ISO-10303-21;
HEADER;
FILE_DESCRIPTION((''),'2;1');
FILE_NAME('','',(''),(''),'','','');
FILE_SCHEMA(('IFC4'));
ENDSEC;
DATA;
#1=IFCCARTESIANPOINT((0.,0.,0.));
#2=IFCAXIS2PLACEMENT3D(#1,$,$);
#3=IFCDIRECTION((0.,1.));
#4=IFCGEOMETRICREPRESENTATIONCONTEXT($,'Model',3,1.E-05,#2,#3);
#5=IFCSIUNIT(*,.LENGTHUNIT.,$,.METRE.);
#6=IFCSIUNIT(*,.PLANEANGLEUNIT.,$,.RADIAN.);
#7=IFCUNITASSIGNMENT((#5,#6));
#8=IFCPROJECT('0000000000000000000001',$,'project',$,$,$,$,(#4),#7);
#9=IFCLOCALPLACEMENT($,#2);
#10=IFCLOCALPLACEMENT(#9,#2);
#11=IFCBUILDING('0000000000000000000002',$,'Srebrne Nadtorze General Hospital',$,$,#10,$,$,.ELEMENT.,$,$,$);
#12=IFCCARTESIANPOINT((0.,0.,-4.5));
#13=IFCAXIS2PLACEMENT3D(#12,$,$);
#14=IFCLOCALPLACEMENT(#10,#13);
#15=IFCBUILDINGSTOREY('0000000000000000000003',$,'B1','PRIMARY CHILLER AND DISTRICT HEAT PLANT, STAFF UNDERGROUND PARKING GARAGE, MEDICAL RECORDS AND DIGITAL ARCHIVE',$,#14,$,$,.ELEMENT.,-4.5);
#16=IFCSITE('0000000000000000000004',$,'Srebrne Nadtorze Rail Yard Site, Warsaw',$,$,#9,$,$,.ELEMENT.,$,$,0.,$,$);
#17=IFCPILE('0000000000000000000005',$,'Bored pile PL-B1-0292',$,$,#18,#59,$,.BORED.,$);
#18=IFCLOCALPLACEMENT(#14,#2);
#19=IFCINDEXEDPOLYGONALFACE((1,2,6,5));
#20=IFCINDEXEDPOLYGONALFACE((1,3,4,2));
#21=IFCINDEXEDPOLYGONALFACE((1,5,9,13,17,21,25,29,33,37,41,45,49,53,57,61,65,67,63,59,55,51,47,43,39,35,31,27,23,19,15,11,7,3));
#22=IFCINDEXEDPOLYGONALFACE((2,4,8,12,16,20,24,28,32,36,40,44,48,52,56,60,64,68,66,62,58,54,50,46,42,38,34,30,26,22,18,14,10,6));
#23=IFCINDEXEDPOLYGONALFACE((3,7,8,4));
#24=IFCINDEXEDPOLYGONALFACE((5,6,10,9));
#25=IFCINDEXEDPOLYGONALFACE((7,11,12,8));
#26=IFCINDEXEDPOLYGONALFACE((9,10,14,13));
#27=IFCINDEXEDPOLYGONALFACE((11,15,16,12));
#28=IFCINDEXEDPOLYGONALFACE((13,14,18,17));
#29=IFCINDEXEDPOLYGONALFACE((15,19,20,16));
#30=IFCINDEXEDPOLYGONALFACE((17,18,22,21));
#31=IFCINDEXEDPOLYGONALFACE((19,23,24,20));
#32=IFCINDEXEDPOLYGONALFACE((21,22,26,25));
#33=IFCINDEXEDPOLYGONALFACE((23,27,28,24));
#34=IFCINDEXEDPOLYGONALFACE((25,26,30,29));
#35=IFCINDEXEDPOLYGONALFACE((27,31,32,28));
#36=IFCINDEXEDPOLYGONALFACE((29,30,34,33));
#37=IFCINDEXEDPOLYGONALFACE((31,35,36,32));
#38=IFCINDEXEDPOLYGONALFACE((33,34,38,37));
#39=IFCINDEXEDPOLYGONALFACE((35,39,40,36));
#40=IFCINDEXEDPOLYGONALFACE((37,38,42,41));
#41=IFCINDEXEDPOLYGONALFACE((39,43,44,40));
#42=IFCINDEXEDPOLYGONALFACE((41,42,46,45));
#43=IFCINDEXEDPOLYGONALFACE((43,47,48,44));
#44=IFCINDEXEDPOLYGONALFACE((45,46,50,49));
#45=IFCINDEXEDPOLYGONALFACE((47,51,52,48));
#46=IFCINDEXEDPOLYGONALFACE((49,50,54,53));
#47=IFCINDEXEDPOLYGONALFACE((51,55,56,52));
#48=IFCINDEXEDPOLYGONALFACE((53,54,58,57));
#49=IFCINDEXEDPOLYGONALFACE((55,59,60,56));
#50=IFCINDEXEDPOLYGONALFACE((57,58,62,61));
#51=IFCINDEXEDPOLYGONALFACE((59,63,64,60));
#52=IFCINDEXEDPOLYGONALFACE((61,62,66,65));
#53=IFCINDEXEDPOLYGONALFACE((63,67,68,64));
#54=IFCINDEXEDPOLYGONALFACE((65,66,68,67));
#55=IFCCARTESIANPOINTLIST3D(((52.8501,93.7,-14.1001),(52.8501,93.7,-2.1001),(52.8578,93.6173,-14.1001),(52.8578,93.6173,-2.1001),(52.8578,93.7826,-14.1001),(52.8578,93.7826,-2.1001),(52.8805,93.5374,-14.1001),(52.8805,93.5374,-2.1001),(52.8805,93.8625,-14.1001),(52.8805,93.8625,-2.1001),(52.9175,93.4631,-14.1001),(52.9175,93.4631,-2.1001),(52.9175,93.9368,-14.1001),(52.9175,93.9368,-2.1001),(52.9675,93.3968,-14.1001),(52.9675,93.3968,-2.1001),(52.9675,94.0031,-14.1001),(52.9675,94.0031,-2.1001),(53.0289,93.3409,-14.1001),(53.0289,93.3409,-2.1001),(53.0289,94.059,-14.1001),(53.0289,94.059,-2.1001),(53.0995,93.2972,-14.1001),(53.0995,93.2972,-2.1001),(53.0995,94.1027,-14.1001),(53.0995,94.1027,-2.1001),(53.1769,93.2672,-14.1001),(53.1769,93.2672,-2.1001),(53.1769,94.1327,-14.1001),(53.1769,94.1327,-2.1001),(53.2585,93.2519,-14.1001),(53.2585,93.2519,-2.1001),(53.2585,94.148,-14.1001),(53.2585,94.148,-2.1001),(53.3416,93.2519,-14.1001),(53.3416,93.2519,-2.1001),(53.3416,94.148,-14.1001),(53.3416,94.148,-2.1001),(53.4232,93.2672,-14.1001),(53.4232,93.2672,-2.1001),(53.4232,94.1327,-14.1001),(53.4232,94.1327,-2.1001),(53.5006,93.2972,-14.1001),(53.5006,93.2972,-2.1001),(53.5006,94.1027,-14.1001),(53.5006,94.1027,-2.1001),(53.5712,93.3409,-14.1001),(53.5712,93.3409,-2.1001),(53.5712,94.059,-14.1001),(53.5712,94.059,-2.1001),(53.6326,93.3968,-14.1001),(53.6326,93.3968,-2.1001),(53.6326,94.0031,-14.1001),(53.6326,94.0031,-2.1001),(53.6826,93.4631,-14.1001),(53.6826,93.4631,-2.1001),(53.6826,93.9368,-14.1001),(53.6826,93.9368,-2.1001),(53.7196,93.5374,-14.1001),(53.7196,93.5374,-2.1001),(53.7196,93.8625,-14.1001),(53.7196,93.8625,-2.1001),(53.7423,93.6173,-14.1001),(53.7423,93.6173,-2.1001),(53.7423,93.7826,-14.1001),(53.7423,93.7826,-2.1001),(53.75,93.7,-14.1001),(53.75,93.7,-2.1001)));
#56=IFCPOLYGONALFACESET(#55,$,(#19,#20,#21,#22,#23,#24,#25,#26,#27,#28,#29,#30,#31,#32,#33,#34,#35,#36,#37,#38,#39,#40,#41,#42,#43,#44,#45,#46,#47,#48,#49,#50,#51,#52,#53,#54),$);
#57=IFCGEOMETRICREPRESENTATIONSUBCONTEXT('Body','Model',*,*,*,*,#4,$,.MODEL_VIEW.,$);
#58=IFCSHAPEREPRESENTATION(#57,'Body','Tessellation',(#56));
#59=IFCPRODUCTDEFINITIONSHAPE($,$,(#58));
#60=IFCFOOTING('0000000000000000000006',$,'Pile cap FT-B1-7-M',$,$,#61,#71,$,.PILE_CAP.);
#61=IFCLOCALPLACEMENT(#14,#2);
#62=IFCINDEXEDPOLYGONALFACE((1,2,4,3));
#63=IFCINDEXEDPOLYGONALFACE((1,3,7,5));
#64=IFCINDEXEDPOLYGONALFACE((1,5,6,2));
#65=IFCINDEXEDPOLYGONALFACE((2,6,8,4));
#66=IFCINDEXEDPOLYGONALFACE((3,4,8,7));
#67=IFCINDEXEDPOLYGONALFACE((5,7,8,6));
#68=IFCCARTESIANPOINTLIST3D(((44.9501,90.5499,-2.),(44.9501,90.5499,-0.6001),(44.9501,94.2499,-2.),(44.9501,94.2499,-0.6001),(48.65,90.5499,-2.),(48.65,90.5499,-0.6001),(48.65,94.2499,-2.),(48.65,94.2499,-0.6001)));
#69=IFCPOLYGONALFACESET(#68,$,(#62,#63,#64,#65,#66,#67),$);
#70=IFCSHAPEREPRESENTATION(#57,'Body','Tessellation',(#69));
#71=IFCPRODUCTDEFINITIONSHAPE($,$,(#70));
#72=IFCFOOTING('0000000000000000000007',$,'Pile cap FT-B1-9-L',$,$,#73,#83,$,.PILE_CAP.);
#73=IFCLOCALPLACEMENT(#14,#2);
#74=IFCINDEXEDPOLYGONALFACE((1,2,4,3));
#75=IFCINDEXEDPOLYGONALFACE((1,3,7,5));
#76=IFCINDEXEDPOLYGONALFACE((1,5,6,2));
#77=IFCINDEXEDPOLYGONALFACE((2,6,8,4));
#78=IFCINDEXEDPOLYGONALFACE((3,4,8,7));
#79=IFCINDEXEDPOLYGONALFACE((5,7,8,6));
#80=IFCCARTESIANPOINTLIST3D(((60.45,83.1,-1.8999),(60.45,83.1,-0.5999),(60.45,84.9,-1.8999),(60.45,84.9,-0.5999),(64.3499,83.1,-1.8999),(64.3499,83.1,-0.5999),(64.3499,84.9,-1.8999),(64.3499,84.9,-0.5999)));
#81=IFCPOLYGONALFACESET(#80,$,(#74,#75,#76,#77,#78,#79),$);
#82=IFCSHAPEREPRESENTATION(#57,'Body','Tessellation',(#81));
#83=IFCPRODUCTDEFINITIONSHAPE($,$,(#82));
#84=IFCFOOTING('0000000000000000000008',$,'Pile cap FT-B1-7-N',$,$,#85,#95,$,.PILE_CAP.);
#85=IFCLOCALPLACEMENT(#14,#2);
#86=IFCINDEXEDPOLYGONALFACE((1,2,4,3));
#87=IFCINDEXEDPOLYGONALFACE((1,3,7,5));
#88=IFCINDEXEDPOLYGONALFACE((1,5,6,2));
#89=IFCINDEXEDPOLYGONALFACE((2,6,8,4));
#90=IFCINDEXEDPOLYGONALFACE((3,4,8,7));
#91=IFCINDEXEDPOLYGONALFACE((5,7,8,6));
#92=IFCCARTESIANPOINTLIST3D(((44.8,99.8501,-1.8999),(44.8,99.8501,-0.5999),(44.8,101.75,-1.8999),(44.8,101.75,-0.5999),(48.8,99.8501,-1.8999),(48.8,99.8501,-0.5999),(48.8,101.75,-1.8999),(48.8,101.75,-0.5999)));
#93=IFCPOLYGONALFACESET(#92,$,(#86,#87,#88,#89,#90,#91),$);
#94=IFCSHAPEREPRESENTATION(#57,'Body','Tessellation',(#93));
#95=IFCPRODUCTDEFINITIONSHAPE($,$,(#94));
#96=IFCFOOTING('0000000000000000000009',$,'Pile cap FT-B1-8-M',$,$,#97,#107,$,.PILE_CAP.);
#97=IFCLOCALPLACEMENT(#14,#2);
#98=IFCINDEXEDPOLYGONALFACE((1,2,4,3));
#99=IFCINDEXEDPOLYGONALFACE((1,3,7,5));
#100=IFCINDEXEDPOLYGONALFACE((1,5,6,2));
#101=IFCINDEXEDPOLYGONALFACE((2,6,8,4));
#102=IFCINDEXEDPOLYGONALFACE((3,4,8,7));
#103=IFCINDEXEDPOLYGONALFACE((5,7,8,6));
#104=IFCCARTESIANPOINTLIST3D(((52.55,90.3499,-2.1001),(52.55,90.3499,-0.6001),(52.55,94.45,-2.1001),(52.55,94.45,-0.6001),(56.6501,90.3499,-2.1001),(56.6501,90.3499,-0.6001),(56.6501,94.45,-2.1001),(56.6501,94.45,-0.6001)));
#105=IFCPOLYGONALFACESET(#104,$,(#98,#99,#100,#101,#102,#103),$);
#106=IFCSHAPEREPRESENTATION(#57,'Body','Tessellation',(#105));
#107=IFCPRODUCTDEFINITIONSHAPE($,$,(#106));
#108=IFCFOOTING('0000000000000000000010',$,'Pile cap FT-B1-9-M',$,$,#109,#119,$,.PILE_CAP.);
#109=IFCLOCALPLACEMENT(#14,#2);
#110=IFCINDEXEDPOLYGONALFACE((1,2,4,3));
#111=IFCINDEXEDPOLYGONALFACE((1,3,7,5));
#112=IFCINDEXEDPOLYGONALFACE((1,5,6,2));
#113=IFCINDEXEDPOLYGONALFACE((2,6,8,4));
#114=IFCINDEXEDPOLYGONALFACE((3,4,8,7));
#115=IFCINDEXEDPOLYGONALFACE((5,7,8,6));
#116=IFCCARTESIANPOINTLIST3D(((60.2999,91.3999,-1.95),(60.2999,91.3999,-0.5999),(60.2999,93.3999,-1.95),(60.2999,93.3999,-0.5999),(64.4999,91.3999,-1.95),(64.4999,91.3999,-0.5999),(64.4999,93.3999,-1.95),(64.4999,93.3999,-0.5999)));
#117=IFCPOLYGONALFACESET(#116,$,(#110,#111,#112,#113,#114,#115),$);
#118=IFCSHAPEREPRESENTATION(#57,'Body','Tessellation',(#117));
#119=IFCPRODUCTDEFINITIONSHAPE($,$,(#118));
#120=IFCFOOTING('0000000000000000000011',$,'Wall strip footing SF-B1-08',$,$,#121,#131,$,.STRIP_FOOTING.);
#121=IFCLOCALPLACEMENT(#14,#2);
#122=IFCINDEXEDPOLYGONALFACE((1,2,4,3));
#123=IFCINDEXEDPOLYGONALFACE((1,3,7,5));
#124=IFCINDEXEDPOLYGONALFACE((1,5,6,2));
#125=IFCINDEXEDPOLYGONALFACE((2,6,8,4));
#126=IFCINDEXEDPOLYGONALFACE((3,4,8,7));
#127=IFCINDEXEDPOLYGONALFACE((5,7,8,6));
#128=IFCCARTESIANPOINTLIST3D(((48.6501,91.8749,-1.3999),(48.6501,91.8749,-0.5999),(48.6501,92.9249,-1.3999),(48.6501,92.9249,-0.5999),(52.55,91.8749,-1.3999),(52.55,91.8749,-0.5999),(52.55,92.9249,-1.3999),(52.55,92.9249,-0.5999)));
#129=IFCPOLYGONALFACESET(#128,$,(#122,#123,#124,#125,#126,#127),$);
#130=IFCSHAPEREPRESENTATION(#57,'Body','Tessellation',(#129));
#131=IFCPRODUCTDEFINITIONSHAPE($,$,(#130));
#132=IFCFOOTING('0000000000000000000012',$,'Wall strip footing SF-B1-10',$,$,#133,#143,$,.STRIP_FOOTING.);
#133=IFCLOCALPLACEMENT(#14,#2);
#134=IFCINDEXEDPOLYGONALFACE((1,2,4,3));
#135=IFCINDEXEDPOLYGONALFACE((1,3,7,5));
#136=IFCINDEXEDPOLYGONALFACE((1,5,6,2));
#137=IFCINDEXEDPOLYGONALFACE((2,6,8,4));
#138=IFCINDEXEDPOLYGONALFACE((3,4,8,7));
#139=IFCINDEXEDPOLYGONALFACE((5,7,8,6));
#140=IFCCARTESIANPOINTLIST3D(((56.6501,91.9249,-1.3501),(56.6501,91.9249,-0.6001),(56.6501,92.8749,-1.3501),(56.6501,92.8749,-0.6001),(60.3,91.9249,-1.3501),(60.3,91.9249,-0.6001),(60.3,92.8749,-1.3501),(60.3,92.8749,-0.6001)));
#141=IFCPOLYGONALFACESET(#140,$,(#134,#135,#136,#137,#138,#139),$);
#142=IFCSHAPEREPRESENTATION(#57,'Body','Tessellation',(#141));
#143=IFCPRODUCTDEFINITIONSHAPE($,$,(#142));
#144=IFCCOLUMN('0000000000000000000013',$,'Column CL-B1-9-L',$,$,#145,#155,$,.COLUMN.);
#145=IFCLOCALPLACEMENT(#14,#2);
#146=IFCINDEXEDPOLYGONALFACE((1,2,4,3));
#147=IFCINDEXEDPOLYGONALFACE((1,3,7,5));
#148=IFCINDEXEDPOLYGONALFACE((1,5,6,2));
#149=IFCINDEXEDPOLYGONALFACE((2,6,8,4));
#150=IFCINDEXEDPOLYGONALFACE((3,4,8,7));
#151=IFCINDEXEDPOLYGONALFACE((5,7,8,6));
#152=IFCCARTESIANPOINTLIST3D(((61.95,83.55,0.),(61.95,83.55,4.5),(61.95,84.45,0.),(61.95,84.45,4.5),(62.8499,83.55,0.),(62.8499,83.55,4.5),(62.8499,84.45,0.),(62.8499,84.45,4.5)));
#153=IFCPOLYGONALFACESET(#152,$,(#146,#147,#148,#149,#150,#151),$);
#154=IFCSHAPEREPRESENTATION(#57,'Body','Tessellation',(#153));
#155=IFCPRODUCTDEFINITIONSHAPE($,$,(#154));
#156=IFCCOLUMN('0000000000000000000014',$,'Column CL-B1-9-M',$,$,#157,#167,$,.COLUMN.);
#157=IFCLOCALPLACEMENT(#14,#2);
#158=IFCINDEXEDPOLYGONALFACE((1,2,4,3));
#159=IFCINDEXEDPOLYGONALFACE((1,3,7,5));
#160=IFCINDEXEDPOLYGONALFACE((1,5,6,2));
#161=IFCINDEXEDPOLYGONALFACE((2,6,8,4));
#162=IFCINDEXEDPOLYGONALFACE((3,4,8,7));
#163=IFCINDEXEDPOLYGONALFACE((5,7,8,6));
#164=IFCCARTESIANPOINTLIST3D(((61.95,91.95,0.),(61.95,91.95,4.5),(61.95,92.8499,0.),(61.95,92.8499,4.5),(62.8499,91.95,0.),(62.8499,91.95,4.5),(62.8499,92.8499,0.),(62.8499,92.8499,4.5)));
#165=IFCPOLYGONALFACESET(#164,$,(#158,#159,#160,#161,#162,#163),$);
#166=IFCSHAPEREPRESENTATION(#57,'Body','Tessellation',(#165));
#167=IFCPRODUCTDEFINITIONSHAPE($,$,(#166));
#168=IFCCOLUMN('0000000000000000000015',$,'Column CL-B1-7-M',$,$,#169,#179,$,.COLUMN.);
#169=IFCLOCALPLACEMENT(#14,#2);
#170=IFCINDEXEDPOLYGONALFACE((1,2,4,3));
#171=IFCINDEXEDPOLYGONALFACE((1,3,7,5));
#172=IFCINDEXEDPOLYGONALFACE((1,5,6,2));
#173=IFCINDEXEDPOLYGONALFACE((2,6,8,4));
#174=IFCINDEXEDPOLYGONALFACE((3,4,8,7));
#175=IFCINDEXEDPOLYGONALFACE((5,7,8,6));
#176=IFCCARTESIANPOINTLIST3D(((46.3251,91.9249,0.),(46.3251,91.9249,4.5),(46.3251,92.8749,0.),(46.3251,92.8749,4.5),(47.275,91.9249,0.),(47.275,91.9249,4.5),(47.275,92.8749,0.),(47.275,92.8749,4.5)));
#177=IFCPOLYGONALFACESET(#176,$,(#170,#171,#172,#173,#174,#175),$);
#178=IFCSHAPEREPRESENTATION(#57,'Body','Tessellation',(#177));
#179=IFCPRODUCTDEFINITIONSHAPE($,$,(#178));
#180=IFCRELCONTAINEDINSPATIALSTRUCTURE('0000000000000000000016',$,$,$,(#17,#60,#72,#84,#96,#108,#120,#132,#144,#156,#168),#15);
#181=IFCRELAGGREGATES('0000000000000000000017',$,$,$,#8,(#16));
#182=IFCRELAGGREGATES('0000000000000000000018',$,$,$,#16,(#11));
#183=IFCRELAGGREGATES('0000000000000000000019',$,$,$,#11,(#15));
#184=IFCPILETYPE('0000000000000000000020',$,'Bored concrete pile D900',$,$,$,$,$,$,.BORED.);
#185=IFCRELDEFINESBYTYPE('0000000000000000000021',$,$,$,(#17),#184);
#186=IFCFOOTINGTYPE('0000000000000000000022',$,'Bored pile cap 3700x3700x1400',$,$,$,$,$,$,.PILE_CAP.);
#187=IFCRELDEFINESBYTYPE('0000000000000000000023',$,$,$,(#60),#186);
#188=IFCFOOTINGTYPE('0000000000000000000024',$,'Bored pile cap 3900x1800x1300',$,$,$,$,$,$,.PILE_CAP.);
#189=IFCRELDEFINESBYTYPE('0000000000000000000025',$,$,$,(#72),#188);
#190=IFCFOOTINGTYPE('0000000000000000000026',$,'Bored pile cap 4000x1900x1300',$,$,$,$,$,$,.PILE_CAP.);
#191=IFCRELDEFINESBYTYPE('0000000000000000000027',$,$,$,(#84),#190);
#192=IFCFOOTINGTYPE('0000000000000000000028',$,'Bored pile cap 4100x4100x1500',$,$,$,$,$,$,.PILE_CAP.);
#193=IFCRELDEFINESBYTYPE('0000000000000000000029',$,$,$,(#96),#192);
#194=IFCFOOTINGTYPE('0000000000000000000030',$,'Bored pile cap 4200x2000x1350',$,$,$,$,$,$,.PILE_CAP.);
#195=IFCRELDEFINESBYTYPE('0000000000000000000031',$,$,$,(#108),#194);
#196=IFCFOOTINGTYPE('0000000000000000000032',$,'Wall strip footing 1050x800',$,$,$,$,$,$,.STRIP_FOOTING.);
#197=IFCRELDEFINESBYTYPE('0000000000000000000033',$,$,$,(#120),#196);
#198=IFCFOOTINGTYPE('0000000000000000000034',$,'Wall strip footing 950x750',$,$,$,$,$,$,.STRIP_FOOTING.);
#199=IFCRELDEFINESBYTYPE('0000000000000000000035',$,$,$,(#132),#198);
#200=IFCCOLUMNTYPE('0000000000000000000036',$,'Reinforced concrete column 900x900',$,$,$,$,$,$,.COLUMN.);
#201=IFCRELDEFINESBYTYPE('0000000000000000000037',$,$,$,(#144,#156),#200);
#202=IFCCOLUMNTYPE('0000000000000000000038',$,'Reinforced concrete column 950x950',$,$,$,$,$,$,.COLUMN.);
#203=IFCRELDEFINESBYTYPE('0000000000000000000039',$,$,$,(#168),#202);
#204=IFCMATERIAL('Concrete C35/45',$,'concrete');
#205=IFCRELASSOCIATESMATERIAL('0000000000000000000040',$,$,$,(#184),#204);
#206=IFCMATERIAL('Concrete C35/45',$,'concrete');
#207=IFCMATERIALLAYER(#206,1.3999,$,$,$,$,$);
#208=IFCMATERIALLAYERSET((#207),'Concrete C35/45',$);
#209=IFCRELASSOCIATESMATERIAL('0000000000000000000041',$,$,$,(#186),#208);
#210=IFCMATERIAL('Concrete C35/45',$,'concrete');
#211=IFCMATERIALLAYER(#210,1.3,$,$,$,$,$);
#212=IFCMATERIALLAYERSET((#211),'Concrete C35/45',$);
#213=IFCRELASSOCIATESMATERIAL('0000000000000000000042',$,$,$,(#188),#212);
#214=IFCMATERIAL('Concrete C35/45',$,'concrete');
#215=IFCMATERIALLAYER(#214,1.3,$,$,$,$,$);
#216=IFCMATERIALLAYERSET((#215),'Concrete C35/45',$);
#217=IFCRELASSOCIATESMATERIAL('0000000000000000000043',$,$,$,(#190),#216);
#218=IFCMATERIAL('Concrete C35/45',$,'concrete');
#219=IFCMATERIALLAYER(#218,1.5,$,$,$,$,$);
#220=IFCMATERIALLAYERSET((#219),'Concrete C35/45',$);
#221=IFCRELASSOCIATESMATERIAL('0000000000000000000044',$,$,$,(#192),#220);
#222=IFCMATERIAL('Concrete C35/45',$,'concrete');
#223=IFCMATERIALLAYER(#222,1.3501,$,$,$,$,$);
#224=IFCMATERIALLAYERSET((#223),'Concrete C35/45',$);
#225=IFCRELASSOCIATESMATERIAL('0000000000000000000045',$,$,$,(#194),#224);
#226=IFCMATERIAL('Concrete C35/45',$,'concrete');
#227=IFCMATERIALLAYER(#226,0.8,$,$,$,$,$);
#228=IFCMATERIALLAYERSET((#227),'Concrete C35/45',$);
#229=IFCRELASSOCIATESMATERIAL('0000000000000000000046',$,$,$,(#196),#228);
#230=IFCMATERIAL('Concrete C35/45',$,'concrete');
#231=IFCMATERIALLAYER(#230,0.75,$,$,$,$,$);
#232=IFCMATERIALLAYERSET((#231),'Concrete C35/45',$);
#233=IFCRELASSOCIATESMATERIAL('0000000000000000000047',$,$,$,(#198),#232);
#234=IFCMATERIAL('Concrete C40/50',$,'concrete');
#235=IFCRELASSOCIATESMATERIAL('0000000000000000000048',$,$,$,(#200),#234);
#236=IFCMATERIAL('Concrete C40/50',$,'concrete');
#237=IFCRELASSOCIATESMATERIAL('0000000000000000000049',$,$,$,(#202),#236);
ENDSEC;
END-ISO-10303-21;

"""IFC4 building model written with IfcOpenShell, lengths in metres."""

from ifc_helpers import new_model, si_unit, direction, frame, origin, origin_2d, place, context, subcontext, project, spatial, rectangle, circle, extrude, material, layer, layer_set, material_profile, profile_set, type_object, element, save


model = new_model("IFC4")

# Units and contexts
model_context = context("Model", 3, precision=1e-05, world=origin(), true_north=direction((0.0, 1.0)))
body_context = subcontext(model_context, "Body", "Model", "MODEL_VIEW")
ifc_project = project(units=[si_unit("LENGTHUNIT", "METRE"), si_unit("PLANEANGLEUNIT", "RADIAN")], contexts=[model_context])

# Site, building, storey
site_placement = place(None, origin())
site = spatial("IfcSite", under=ifc_project, at=site_placement, Name="Srebrne Nadtorze Rail Yard Site, Warsaw", CompositionType="ELEMENT", RefElevation=0.0)
building_placement = place(site_placement, origin())
building = spatial("IfcBuilding", under=site, at=building_placement, Name="Srebrne Nadtorze General Hospital", CompositionType="ELEMENT")
storey_placement = place(building_placement, frame((0.0, 0.0, -4.5)))
storey = spatial("IfcBuildingStorey", under=building, at=storey_placement, Name="B1", Description="PRIMARY CHILLER AND DISTRICT HEAT PLANT, STAFF UNDERGROUND PARKING GARAGE, MEDICAL RECORDS AND DIGITAL ARCHIVE", CompositionType="ELEMENT", Elevation=-4.5)

# Pile
ifc_material_1 = material(Name="Concrete C35/45", Category="concrete")
ifc_material_profile_1 = material_profile(ifc_material_1, circle(Radius=0.45, at=origin_2d()), Name="PILE-D900")
ifc_profile_set_1 = profile_set([ifc_material_profile_1], Name="Concrete C35/45")
pile_type_1 = type_object("IfcPileType", Name="Bored concrete pile D900", PredefinedType="BORED", material=ifc_profile_set_1)
for number, where, z_axis, x_axis, name in (
    (1, (53.3, 93.7, -2.1001), (0.0, 0.0, -1.0), (1.0, 0.0, 0.0), "Bored pile PL-B1-0292"),
):
    element("IfcPile", number, at=place(storey_placement, frame(where, z_axis=z_axis, x_axis=x_axis)), inside=storey, type_object=pile_type_1, Name=name, PredefinedType="BORED", context=body_context, shape_type="SweptSolid", body=[
        extrude(circle(Radius=0.45, at=origin_2d()), origin(), (0.0, 0.0, 1.0), 12.0),
    ])

# Footings
ifc_material_2 = material(Name="Concrete C35/45", Category="concrete")
ifc_layer_1 = layer(ifc_material_2, 1.3999)
ifc_layer_set_1 = layer_set([ifc_layer_1], Name="Concrete C35/45")
footing_type_1 = type_object("IfcFootingType", Name="Bored pile cap 3700x3700x1400", PredefinedType="PILE_CAP", material=ifc_layer_set_1)
footing_1_placement = place(storey_placement, frame((46.8, 92.3999, -2.0), z_axis=(0.0, 0.0, 1.0), x_axis=(1.0, 0.0, 0.0)))
element("IfcFooting", 2, at=footing_1_placement, inside=storey, type_object=footing_type_1, Name="Pile cap FT-B1-7-M", PredefinedType="PILE_CAP", context=body_context, shape_type="SweptSolid", body=[
    extrude(rectangle(XDim=3.7, YDim=3.7, at=origin_2d()), origin(), (0.0, 0.0, 1.0), 1.3999),
])
ifc_material_3 = material(Name="Concrete C35/45", Category="concrete")
ifc_layer_2 = layer(ifc_material_3, 1.3)
ifc_layer_set_2 = layer_set([ifc_layer_2], Name="Concrete C35/45")
footing_type_2 = type_object("IfcFootingType", Name="Bored pile cap 3900x1800x1300", PredefinedType="PILE_CAP", material=ifc_layer_set_2)
footing_2_placement = place(storey_placement, frame((62.3999, 84.0, -1.8999), z_axis=(0.0, 0.0, 1.0), x_axis=(1.0, 0.0, 0.0)))
element("IfcFooting", 3, at=footing_2_placement, inside=storey, type_object=footing_type_2, Name="Pile cap FT-B1-9-L", PredefinedType="PILE_CAP", context=body_context, shape_type="SweptSolid", body=[
    extrude(rectangle(XDim=3.8999, YDim=1.8, at=origin_2d()), origin(), (0.0, 0.0, 1.0), 1.3),
])
ifc_material_4 = material(Name="Concrete C35/45", Category="concrete")
ifc_layer_3 = layer(ifc_material_4, 1.3)
ifc_layer_set_3 = layer_set([ifc_layer_3], Name="Concrete C35/45")
footing_type_3 = type_object("IfcFootingType", Name="Bored pile cap 4000x1900x1300", PredefinedType="PILE_CAP", material=ifc_layer_set_3)
footing_3_placement = place(storey_placement, frame((46.8, 100.8, -1.8999), z_axis=(0.0, 0.0, 1.0), x_axis=(1.0, 0.0, 0.0)))
element("IfcFooting", 4, at=footing_3_placement, inside=storey, type_object=footing_type_3, Name="Pile cap FT-B1-7-N", PredefinedType="PILE_CAP", context=body_context, shape_type="SweptSolid", body=[
    extrude(rectangle(XDim=4.0, YDim=1.8999, at=origin_2d()), origin(), (0.0, 0.0, 1.0), 1.3),
])
ifc_material_5 = material(Name="Concrete C35/45", Category="concrete")
ifc_layer_4 = layer(ifc_material_5, 1.5)
ifc_layer_set_4 = layer_set([ifc_layer_4], Name="Concrete C35/45")
footing_type_4 = type_object("IfcFootingType", Name="Bored pile cap 4100x4100x1500", PredefinedType="PILE_CAP", material=ifc_layer_set_4)
footing_4_placement = place(storey_placement, frame((54.6001, 92.3999, -2.1001), z_axis=(0.0, 0.0, 1.0), x_axis=(1.0, 0.0, 0.0)))
element("IfcFooting", 5, at=footing_4_placement, inside=storey, type_object=footing_type_4, Name="Pile cap FT-B1-8-M", PredefinedType="PILE_CAP", context=body_context, shape_type="SweptSolid", body=[
    extrude(rectangle(XDim=4.1001, YDim=4.1001, at=origin_2d()), origin(), (0.0, 0.0, 1.0), 1.5),
])
ifc_material_6 = material(Name="Concrete C35/45", Category="concrete")
ifc_layer_5 = layer(ifc_material_6, 1.3501)
ifc_layer_set_5 = layer_set([ifc_layer_5], Name="Concrete C35/45")
footing_type_5 = type_object("IfcFootingType", Name="Bored pile cap 4200x2000x1350", PredefinedType="PILE_CAP", material=ifc_layer_set_5)
footing_5_placement = place(storey_placement, frame((62.3999, 92.3999, -1.95), z_axis=(0.0, 0.0, 1.0), x_axis=(1.0, 0.0, 0.0)))
element("IfcFooting", 6, at=footing_5_placement, inside=storey, type_object=footing_type_5, Name="Pile cap FT-B1-9-M", PredefinedType="PILE_CAP", context=body_context, shape_type="SweptSolid", body=[
    extrude(rectangle(XDim=4.2, YDim=2.0, at=origin_2d()), origin(), (0.0, 0.0, 1.0), 1.3501),
])
ifc_material_7 = material(Name="Concrete C35/45", Category="concrete")
ifc_layer_6 = layer(ifc_material_7, 0.8)
ifc_layer_set_6 = layer_set([ifc_layer_6], Name="Concrete C35/45")
footing_type_6 = type_object("IfcFootingType", Name="Wall strip footing 1050x800", PredefinedType="STRIP_FOOTING", material=ifc_layer_set_6)
footing_6_placement = place(storey_placement, frame((50.6001, 92.3999, -1.3999), z_axis=(0.0, 0.0, 1.0), x_axis=(1.0, 0.0, 0.0)))
element("IfcFooting", 7, at=footing_6_placement, inside=storey, type_object=footing_type_6, Name="Wall strip footing SF-B1-08", PredefinedType="STRIP_FOOTING", context=body_context, shape_type="SweptSolid", body=[
    extrude(rectangle(XDim=3.8999, YDim=1.05, at=origin_2d()), origin(), (0.0, 0.0, 1.0), 0.8),
])
ifc_material_8 = material(Name="Concrete C35/45", Category="concrete")
ifc_layer_7 = layer(ifc_material_8, 0.75)
ifc_layer_set_7 = layer_set([ifc_layer_7], Name="Concrete C35/45")
footing_type_7 = type_object("IfcFootingType", Name="Wall strip footing 950x750", PredefinedType="STRIP_FOOTING", material=ifc_layer_set_7)
footing_7_placement = place(storey_placement, frame((58.4751, 92.3999, -1.3501), z_axis=(0.0, 0.0, 1.0), x_axis=(1.0, 0.0, 0.0)))
element("IfcFooting", 8, at=footing_7_placement, inside=storey, type_object=footing_type_7, Name="Wall strip footing SF-B1-10", PredefinedType="STRIP_FOOTING", context=body_context, shape_type="SweptSolid", body=[
    extrude(rectangle(XDim=3.6499, YDim=0.95, at=origin_2d()), origin(), (0.0, 0.0, 1.0), 0.75),
])

# Columns
ifc_material_9 = material(Name="Concrete C40/50", Category="concrete")
ifc_material_profile_2 = material_profile(ifc_material_9, rectangle(XDim=0.8999, YDim=0.8999, at=origin_2d()), Name="RC-COL-900x900")
ifc_profile_set_2 = profile_set([ifc_material_profile_2], Name="Concrete C40/50")
column_type_1 = type_object("IfcColumnType", Name="Reinforced concrete column 900x900", PredefinedType="COLUMN", material=ifc_profile_set_2)
for number, where, z_axis, x_axis, name in (
    (9, (62.3999, 84.0, 0.0), (0.0, 0.0, 1.0), (1.0, 0.0, 0.0), "Column CL-B1-9-L"),
    (10, (62.3999, 92.3999, 0.0), (0.0, 0.0, 1.0), (1.0, 0.0, 0.0), "Column CL-B1-9-M"),
):
    element("IfcColumn", number, at=place(storey_placement, frame(where, z_axis=z_axis, x_axis=x_axis)), inside=storey, type_object=column_type_1, Name=name, PredefinedType="COLUMN", context=body_context, shape_type="SweptSolid", body=[
        extrude(rectangle(XDim=0.8999, YDim=0.8999, at=origin_2d()), origin(), (0.0, 0.0, 1.0), 4.5),
    ])
ifc_material_10 = material(Name="Concrete C40/50", Category="concrete")
ifc_material_profile_3 = material_profile(ifc_material_10, rectangle(XDim=0.95, YDim=0.95, at=origin_2d()), Name="RC-COL-950x950")
ifc_profile_set_3 = profile_set([ifc_material_profile_3], Name="Concrete C40/50")
column_type_2 = type_object("IfcColumnType", Name="Reinforced concrete column 950x950", PredefinedType="COLUMN", material=ifc_profile_set_3)
for number, where, z_axis, x_axis, name in (
    (11, (46.8, 92.3999, 0.0), (0.0, 0.0, 1.0), (1.0, 0.0, 0.0), "Column CL-B1-7-M"),
):
    element("IfcColumn", number, at=place(storey_placement, frame(where, z_axis=z_axis, x_axis=x_axis)), inside=storey, type_object=column_type_2, Name=name, PredefinedType="COLUMN", context=body_context, shape_type="SweptSolid", body=[
        extrude(rectangle(XDim=0.95, YDim=0.95, at=origin_2d()), origin(), (0.0, 0.0, 1.0), 4.5),
    ])

save(model, "model.ifc")
